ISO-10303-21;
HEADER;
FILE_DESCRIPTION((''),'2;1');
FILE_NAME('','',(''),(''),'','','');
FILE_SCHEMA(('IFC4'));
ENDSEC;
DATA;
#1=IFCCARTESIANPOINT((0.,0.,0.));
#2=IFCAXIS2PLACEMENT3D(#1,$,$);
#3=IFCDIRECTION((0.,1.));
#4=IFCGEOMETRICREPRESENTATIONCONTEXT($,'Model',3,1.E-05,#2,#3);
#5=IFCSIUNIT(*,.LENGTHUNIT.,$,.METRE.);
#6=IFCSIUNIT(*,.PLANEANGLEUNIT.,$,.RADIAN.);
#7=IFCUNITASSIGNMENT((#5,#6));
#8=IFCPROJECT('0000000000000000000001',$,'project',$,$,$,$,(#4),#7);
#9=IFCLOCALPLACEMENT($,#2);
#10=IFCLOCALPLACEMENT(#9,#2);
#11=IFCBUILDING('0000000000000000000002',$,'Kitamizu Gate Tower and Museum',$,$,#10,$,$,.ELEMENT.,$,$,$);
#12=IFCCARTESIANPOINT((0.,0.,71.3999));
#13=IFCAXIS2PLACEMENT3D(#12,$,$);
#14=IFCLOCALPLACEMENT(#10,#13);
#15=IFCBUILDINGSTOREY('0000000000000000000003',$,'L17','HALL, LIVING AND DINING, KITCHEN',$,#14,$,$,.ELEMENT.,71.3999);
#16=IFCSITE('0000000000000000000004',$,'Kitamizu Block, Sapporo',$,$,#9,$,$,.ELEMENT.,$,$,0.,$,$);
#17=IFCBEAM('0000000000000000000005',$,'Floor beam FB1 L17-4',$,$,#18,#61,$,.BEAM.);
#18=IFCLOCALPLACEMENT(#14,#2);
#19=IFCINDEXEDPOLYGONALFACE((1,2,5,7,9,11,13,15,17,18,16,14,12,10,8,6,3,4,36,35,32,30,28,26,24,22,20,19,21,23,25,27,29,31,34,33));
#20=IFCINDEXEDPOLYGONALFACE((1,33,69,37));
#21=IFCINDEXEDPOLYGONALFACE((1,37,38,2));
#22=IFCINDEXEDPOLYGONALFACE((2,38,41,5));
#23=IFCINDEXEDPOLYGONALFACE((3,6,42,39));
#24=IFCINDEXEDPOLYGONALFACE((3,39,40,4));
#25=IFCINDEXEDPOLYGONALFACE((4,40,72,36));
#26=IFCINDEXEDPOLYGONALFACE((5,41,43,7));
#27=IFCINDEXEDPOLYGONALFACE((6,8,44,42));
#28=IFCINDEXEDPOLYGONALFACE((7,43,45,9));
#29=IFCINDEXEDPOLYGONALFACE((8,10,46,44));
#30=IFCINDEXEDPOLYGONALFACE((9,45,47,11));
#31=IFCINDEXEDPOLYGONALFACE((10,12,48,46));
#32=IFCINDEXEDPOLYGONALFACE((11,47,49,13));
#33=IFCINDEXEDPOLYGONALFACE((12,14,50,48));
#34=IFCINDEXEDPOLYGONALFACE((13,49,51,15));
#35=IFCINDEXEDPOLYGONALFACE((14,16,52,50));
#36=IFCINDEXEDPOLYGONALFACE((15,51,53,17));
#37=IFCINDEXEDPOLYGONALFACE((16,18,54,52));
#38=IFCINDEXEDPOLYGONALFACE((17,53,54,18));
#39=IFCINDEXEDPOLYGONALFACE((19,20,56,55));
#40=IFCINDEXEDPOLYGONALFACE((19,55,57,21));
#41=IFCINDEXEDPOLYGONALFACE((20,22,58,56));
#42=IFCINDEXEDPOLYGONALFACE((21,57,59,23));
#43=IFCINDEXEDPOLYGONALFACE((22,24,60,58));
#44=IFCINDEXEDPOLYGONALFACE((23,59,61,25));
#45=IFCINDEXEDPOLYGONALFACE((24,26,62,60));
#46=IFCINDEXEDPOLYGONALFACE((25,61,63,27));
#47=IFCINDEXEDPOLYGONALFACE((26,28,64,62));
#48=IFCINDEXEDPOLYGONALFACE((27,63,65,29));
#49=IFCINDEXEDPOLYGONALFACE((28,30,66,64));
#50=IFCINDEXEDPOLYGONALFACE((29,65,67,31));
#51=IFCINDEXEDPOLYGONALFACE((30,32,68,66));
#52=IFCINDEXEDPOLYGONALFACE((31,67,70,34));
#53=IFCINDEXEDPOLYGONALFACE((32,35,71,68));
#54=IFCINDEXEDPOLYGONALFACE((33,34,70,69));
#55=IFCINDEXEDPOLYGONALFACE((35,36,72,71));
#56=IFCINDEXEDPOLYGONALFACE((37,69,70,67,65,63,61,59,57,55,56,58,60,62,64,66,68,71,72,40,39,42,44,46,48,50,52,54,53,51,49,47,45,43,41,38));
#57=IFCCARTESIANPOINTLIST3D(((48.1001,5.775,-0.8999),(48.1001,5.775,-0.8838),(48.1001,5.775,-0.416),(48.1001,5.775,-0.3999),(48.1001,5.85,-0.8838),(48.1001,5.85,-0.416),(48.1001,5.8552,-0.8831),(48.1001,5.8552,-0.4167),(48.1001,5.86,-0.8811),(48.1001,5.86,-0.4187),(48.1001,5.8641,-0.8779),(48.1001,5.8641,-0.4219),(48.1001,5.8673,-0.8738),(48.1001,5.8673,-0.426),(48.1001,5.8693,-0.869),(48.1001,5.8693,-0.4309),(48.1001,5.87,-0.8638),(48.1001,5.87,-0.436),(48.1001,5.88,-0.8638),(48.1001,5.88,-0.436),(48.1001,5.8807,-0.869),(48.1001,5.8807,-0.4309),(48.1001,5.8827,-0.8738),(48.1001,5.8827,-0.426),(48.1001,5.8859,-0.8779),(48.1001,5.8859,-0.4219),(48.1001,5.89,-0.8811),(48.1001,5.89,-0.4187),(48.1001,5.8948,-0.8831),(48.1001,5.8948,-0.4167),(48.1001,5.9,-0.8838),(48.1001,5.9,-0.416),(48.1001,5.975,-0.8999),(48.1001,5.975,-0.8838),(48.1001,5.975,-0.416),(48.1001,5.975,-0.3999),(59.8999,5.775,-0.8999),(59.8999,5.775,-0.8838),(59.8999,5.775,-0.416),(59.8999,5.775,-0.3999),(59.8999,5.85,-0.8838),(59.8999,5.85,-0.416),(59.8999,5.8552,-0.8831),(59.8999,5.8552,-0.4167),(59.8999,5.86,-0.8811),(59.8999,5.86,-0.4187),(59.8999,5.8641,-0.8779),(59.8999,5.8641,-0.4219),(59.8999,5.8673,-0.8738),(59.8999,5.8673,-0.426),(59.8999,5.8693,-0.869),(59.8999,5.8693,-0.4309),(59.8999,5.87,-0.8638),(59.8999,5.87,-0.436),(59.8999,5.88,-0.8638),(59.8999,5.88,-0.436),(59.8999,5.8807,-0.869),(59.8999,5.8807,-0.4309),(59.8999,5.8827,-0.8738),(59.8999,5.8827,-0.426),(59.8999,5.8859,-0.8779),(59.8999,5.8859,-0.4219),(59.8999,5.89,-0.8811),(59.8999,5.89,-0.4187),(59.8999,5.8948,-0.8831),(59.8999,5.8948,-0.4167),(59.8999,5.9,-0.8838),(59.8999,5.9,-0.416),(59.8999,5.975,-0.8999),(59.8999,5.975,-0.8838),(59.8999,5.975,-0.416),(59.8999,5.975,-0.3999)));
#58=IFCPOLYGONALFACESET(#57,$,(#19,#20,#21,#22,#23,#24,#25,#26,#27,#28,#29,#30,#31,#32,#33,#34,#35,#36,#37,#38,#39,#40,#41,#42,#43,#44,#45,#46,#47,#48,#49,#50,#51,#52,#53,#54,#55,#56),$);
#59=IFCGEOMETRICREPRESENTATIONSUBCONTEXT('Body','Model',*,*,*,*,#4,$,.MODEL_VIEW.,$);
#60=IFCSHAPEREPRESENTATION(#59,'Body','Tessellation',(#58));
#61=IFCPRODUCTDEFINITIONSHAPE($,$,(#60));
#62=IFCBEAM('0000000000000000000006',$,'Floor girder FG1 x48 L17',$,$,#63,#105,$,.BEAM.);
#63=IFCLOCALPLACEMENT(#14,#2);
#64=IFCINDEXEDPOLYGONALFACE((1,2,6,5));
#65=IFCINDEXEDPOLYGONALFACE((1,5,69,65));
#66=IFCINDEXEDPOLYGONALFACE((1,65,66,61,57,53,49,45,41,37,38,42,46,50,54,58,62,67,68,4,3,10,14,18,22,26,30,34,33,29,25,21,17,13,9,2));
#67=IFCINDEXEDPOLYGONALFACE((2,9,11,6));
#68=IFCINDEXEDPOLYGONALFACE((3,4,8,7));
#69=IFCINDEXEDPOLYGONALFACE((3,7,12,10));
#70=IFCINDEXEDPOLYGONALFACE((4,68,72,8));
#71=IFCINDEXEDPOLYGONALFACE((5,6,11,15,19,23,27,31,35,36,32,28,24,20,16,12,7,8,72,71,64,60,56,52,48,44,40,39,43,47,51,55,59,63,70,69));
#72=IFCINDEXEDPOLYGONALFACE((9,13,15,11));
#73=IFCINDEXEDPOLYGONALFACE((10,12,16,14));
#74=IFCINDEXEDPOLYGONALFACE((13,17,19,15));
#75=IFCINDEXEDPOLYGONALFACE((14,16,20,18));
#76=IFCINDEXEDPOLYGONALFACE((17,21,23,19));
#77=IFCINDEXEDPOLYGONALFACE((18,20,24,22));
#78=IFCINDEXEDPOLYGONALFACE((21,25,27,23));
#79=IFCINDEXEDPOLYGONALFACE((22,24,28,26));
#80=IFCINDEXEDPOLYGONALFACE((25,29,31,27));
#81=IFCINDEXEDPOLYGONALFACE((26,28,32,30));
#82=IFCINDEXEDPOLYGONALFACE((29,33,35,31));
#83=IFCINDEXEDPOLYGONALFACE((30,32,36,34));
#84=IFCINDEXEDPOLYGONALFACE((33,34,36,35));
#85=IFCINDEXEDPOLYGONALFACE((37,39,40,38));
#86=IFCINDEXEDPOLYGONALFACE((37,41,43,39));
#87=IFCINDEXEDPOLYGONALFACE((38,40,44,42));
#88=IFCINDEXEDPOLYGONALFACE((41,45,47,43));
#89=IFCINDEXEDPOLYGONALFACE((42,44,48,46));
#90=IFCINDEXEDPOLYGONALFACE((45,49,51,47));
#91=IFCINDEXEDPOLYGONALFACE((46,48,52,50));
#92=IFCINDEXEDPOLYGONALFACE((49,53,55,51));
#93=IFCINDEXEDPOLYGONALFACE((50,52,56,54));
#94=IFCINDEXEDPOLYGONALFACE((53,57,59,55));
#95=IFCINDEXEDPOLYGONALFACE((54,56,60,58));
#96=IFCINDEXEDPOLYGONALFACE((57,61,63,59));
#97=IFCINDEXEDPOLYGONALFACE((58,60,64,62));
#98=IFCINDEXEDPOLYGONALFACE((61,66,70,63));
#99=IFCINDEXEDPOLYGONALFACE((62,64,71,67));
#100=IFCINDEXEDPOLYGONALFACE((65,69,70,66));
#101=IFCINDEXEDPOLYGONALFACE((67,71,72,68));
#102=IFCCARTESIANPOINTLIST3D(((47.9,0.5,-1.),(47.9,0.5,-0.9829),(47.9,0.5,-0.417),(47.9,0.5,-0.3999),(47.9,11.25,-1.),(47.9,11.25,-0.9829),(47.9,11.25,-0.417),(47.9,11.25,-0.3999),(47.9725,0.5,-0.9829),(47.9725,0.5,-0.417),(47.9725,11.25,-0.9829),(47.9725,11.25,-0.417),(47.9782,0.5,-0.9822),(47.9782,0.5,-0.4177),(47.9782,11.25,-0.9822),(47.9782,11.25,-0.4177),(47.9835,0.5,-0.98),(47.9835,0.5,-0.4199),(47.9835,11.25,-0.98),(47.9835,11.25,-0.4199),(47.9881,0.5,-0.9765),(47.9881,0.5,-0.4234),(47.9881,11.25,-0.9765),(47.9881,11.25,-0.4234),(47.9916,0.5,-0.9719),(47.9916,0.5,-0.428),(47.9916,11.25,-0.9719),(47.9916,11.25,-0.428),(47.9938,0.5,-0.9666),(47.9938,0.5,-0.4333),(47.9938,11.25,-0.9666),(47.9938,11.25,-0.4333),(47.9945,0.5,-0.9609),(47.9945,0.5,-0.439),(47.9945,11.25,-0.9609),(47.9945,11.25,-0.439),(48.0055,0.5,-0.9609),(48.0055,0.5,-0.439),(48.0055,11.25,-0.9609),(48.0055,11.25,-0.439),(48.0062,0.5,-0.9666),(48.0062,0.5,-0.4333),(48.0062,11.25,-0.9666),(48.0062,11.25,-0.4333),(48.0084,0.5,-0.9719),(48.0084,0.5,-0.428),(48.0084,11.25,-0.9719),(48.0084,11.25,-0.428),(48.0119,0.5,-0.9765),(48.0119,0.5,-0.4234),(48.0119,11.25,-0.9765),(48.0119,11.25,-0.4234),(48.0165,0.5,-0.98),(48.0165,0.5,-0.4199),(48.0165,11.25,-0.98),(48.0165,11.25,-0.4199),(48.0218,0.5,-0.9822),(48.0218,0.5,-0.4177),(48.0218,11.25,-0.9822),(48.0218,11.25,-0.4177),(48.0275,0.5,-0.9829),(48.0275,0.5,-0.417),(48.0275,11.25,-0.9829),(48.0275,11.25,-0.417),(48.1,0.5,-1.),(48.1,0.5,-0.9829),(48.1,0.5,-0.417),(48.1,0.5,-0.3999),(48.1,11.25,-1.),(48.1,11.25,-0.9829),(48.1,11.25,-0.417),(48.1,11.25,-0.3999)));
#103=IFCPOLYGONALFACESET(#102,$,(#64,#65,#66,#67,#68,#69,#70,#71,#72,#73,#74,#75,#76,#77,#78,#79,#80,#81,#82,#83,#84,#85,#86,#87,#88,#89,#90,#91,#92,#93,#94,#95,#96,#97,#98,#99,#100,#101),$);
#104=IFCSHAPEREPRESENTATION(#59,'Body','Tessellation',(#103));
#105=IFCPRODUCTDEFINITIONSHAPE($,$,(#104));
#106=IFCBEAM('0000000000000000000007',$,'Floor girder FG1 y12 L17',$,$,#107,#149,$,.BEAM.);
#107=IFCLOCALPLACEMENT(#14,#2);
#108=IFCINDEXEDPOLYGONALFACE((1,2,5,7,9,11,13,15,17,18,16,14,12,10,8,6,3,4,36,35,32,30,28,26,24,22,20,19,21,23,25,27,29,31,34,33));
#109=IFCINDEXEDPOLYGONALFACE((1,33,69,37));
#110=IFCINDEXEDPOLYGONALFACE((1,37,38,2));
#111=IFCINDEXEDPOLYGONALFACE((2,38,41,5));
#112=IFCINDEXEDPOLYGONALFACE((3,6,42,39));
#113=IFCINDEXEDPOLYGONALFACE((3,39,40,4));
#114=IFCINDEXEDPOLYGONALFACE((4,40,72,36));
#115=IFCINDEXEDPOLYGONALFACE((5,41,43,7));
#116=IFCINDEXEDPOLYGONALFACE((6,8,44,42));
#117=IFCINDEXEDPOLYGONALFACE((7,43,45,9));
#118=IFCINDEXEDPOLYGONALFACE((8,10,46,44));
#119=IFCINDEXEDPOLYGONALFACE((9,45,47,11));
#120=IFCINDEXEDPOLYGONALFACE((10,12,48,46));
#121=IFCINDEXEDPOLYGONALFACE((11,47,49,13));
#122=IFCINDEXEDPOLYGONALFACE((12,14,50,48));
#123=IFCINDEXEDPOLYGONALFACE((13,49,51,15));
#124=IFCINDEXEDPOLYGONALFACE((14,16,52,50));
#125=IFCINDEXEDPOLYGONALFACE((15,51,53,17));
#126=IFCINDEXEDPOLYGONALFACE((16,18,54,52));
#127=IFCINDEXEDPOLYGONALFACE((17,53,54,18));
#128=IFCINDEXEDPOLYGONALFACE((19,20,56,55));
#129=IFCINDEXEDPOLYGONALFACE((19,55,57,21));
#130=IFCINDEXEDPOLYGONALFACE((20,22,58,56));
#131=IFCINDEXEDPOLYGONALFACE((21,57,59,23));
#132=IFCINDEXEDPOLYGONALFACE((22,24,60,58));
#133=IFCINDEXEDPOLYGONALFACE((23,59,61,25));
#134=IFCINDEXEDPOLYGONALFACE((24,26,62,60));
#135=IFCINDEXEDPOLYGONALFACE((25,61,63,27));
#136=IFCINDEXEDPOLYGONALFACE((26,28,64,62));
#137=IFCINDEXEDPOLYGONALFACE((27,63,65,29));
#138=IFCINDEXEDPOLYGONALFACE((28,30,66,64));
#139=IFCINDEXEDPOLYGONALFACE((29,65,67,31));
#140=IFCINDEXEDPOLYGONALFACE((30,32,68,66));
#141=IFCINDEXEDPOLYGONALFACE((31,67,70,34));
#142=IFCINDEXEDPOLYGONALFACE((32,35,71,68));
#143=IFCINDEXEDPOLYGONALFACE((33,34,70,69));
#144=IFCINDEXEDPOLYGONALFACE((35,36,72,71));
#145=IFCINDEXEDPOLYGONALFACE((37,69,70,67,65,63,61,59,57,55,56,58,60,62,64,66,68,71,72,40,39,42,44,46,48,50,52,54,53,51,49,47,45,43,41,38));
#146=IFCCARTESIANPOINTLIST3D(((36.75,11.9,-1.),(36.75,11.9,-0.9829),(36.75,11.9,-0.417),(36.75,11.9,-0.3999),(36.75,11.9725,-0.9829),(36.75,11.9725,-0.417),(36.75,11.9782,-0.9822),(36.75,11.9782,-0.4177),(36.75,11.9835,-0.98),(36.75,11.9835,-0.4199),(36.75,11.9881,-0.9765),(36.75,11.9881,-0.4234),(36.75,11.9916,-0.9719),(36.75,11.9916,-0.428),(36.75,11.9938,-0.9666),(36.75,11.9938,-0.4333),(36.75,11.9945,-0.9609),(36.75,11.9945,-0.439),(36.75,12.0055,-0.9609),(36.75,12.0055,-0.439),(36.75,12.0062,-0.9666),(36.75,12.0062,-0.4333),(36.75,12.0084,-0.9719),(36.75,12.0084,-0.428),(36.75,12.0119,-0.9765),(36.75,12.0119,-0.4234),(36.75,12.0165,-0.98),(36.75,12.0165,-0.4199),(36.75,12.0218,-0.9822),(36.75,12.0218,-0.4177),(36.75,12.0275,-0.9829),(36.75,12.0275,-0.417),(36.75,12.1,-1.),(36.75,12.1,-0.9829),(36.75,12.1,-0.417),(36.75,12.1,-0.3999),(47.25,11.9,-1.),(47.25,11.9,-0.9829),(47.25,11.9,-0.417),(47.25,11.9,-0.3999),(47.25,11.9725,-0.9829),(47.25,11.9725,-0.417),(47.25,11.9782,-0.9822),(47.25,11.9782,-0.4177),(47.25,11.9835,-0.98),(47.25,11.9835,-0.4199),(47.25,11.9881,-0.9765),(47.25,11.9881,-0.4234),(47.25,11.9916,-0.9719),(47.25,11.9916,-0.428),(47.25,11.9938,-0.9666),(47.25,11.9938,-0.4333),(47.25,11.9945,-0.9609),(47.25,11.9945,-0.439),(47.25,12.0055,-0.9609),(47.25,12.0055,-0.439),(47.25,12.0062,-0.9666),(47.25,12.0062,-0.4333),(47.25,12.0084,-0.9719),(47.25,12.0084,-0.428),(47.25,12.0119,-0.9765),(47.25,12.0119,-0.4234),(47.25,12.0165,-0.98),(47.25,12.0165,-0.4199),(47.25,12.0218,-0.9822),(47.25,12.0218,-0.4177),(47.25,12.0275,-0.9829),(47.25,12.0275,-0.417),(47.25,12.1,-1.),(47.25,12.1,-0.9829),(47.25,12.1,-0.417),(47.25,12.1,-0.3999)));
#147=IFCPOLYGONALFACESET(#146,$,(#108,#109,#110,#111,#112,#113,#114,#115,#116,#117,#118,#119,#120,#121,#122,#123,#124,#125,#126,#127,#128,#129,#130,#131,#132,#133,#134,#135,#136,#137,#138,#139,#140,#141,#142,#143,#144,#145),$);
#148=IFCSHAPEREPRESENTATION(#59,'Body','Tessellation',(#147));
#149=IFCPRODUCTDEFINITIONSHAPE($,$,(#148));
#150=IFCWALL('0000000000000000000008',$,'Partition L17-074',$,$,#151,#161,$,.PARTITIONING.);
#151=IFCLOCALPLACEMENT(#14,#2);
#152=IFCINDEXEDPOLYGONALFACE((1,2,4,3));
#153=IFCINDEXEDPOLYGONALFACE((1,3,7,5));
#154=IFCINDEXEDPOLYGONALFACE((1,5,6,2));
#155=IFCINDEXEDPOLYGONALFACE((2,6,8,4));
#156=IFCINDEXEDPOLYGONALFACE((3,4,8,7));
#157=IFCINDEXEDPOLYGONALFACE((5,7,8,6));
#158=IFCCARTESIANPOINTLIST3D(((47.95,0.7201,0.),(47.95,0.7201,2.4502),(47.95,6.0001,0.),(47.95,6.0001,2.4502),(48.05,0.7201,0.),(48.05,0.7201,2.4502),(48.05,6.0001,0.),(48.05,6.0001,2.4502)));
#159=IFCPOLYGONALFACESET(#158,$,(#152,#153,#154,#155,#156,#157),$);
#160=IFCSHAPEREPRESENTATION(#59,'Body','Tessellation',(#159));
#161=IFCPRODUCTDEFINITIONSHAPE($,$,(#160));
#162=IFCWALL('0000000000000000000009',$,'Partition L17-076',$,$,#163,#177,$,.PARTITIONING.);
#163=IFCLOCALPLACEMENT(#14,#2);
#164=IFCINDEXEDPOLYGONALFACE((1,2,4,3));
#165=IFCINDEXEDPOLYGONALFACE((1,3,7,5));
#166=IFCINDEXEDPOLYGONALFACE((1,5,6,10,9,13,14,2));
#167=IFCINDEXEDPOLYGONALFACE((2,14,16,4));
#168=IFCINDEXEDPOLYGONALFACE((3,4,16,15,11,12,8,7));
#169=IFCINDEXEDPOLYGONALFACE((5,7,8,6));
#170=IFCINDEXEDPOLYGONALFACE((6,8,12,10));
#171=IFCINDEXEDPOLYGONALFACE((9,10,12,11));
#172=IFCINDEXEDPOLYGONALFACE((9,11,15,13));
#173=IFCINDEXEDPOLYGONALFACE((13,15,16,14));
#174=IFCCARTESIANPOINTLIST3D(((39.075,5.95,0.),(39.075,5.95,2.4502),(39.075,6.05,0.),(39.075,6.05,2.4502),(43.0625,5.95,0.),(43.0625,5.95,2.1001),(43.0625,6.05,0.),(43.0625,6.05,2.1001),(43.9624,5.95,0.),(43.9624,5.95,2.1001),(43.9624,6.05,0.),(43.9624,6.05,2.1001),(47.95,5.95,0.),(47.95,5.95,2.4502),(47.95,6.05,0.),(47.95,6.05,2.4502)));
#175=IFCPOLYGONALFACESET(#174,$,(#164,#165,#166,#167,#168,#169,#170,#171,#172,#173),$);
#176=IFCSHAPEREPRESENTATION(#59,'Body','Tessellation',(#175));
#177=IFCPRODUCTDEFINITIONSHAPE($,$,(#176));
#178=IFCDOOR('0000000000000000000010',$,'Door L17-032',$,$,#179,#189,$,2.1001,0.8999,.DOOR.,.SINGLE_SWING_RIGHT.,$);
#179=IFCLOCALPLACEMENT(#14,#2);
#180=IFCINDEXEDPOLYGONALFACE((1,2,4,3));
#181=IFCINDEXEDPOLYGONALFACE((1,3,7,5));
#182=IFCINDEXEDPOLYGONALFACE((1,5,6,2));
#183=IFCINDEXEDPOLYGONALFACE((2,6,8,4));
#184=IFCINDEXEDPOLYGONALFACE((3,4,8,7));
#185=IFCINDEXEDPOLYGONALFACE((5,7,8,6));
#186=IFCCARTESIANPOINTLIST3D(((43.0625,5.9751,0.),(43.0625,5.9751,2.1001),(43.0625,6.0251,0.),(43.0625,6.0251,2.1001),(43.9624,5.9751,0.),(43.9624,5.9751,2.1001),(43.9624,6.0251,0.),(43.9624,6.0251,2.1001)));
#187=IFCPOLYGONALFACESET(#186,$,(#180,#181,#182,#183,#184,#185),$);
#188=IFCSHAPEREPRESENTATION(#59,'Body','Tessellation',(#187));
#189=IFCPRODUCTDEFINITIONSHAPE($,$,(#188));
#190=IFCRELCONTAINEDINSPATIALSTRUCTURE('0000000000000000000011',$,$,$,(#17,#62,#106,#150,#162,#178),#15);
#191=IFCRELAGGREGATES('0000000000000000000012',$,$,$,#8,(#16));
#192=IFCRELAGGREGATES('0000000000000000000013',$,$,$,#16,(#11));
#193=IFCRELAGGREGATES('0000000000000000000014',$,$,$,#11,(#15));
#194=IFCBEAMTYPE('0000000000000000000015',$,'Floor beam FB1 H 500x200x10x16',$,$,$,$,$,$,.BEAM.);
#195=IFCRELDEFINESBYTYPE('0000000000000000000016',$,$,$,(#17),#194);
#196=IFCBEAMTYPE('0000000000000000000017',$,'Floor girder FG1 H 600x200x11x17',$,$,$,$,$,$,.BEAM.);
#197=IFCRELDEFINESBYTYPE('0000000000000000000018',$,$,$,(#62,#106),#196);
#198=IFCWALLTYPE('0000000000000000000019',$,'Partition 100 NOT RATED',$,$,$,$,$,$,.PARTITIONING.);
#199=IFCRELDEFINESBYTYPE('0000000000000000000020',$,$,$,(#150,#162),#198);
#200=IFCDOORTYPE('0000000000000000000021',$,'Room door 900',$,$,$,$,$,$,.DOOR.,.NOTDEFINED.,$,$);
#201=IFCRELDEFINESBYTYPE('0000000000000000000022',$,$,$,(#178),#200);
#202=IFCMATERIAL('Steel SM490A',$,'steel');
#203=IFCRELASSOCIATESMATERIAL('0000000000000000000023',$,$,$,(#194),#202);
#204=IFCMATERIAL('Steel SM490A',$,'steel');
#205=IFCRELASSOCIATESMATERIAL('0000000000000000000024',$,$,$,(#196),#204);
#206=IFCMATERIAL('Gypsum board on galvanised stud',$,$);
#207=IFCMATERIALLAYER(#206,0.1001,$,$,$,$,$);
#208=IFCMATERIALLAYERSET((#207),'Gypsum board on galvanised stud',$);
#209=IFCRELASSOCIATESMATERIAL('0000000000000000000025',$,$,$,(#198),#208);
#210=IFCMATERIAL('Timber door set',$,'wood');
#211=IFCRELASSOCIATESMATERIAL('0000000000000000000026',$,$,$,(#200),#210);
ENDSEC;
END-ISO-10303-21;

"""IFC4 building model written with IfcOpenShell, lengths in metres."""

from ifc_helpers import new_model, si_unit, direction, frame, frame_2d, origin, origin_2d, place, context, subcontext, project, spatial, rectangle, i_section, extrude, material, layer, layer_set, material_profile, profile_set, type_object, element, fill, save


model = new_model("IFC4")

# Units and contexts
model_context = context("Model", 3, precision=1e-05, world=origin(), true_north=direction((0.0, 1.0)))
body_context = subcontext(model_context, "Body", "Model", "MODEL_VIEW")
ifc_project = project(units=[si_unit("LENGTHUNIT", "METRE"), si_unit("PLANEANGLEUNIT", "RADIAN")], contexts=[model_context])

# Site, building, storey
site_placement = place(None, origin())
site = spatial("IfcSite", under=ifc_project, at=site_placement, Name="Kitamizu Block, Sapporo", CompositionType="ELEMENT", RefElevation=0.0)
building_placement = place(site_placement, origin())
building = spatial("IfcBuilding", under=site, at=building_placement, Name="Kitamizu Gate Tower and Museum", CompositionType="ELEMENT")
storey_placement = place(building_placement, frame((0.0, 0.0, 71.3999)))
storey = spatial("IfcBuildingStorey", under=building, at=storey_placement, Name="L17", Description="HALL, LIVING AND DINING, KITCHEN", CompositionType="ELEMENT", Elevation=71.3999)

# Beams
ifc_material_1 = material(Name="Steel SM490A", Category="steel")
ifc_material_profile_1 = material_profile(ifc_material_1, i_section(OverallWidth=0.2, OverallDepth=0.5, WebThickness=0.01, FlangeThickness=0.0161, FilletRadius=0.02, at=origin_2d()), Name="H-500x200x10x16")
ifc_profile_set_1 = profile_set([ifc_material_profile_1], Name="Steel SM490A")
beam_type_1 = type_object("IfcBeamType", Name="Floor beam FB1 H 500x200x10x16", PredefinedType="BEAM", material=ifc_profile_set_1)
for number, where, z_axis, x_axis, name in (
    (1, (48.1001, 5.875, -0.6499), (1.0, 0.0, 0.0), (0.0, 1.0, 0.0), "Floor beam FB1 L17-4"),
):
    element("IfcBeam", number, at=place(storey_placement, frame(where, z_axis=z_axis, x_axis=x_axis)), inside=storey, type_object=beam_type_1, Name=name, PredefinedType="BEAM", context=body_context, shape_type="SweptSolid", body=[
        extrude(i_section(OverallWidth=0.2, OverallDepth=0.5, WebThickness=0.01, FlangeThickness=0.0161, FilletRadius=0.02, at=origin_2d()), origin(), (0.0, 0.0, 1.0), 11.7998),
    ])
ifc_material_2 = material(Name="Steel SM490A", Category="steel")
ifc_material_profile_2 = material_profile(ifc_material_2, i_section(OverallWidth=0.2, OverallDepth=0.6001, WebThickness=0.011, FlangeThickness=0.0171, FilletRadius=0.022, at=origin_2d()), Name="H-600x200x11x17")
ifc_profile_set_2 = profile_set([ifc_material_profile_2], Name="Steel SM490A")
beam_type_2 = type_object("IfcBeamType", Name="Floor girder FG1 H 600x200x11x17", PredefinedType="BEAM", material=ifc_profile_set_2)
beam_1_placement = place(storey_placement, frame((48.0, 0.5, -0.7), z_axis=(0.0, 1.0, 0.0), x_axis=(-1.0, 0.0, 0.0)))
element("IfcBeam", 2, at=beam_1_placement, inside=storey, type_object=beam_type_2, Name="Floor girder FG1 x48 L17", PredefinedType="BEAM", context=body_context, shape_type="SweptSolid", body=[
    extrude(i_section(OverallWidth=0.2, OverallDepth=0.6001, WebThickness=0.011, FlangeThickness=0.0171, FilletRadius=0.022, at=origin_2d()), origin(), (0.0, 0.0, 1.0), 10.75),
])
beam_2_placement = place(storey_placement, frame((36.75, 12.0, -0.7), z_axis=(1.0, 0.0, 0.0), x_axis=(0.0, 1.0, 0.0)))
element("IfcBeam", 3, at=beam_2_placement, inside=storey, type_object=beam_type_2, Name="Floor girder FG1 y12 L17", PredefinedType="BEAM", context=body_context, shape_type="SweptSolid", body=[
    extrude(i_section(OverallWidth=0.2, OverallDepth=0.6001, WebThickness=0.011, FlangeThickness=0.0171, FilletRadius=0.022, at=origin_2d()), origin(), (0.0, 0.0, 1.0), 10.5),
])

# Wall
ifc_material_3 = material(Name="Gypsum board on galvanised stud")
ifc_layer_1 = layer(ifc_material_3, 0.1001)
ifc_layer_set_1 = layer_set([ifc_layer_1], Name="Gypsum board on galvanised stud")
wall_type_1 = type_object("IfcWallType", Name="Partition 100 NOT RATED", PredefinedType="PARTITIONING", material=ifc_layer_set_1)
wall_1_placement = place(storey_placement, frame((48.0, 0.72, 0.0), z_axis=(0.0, 0.0, 1.0), x_axis=(0.0, 1.0, 0.0)))
element("IfcWall", 4, at=wall_1_placement, inside=storey, type_object=wall_type_1, Name="Partition L17-074", PredefinedType="PARTITIONING", context=body_context, shape_type="SweptSolid", body=[
    extrude(rectangle(XDim=5.28, YDim=0.1001, at=frame_2d((2.6401, 0.0))), origin(), (0.0, 0.0, 1.0), 2.4502),
])

# Wall, opening, door
wall_2_placement = place(storey_placement, frame((47.95, 6.0, 0.0), z_axis=(0.0, 0.0, 1.0), x_axis=(-1.0, 0.0, 0.0)))
wall_2 = element("IfcWall", 5, at=wall_2_placement, inside=storey, type_object=wall_type_1, Name="Partition L17-076", PredefinedType="PARTITIONING", context=body_context, shape_type="SweptSolid", body=[
    extrude(rectangle(XDim=8.875, YDim=0.1001, at=frame_2d((4.4375, 0.0))), origin(), (0.0, 0.0, 1.0), 2.4502),
])
opening_1_placement = place(wall_2_placement, frame((3.9875, 0.0, 0.0)))
opening_1 = element("IfcOpeningElement", 6, at=opening_1_placement, cuts=wall_2, PredefinedType="OPENING", context=body_context, shape_type="SweptSolid", body=[
    extrude(rectangle(XDim=0.8999, YDim=2.1001, at=frame_2d((0.45, 1.05))), frame((0.0, 0.0601, 0.0), z_axis=(0.0, -1.0, 0.0), x_axis=(1.0, 0.0, 0.0)), (0.0, 0.0, 1.0), 0.1201),
])
ifc_material_4 = material(Name="Timber door set", Category="wood")
door_type_1 = type_object("IfcDoorType", Name="Room door 900", OperationType="NOTDEFINED", PredefinedType="DOOR", material=ifc_material_4)
door_1_placement = place(opening_1_placement, origin())
door_1 = element("IfcDoor", 7, at=door_1_placement, inside=storey, type_object=door_type_1, Name="Door L17-032", OperationType="SINGLE_SWING_RIGHT", OverallHeight=2.1001, OverallWidth=0.8999, PredefinedType="DOOR", context=body_context, shape_type="SweptSolid", body=[
    extrude(rectangle(XDim=0.8999, YDim=2.1001, at=frame_2d((0.45, 1.05))), frame((0.0, 0.0249, 0.0), z_axis=(0.0, -1.0, 0.0), x_axis=(1.0, 0.0, 0.0)), (0.0, 0.0, 1.0), 0.05),
])
fill(opening_1, door_1)

save(model, "model.ifc")
